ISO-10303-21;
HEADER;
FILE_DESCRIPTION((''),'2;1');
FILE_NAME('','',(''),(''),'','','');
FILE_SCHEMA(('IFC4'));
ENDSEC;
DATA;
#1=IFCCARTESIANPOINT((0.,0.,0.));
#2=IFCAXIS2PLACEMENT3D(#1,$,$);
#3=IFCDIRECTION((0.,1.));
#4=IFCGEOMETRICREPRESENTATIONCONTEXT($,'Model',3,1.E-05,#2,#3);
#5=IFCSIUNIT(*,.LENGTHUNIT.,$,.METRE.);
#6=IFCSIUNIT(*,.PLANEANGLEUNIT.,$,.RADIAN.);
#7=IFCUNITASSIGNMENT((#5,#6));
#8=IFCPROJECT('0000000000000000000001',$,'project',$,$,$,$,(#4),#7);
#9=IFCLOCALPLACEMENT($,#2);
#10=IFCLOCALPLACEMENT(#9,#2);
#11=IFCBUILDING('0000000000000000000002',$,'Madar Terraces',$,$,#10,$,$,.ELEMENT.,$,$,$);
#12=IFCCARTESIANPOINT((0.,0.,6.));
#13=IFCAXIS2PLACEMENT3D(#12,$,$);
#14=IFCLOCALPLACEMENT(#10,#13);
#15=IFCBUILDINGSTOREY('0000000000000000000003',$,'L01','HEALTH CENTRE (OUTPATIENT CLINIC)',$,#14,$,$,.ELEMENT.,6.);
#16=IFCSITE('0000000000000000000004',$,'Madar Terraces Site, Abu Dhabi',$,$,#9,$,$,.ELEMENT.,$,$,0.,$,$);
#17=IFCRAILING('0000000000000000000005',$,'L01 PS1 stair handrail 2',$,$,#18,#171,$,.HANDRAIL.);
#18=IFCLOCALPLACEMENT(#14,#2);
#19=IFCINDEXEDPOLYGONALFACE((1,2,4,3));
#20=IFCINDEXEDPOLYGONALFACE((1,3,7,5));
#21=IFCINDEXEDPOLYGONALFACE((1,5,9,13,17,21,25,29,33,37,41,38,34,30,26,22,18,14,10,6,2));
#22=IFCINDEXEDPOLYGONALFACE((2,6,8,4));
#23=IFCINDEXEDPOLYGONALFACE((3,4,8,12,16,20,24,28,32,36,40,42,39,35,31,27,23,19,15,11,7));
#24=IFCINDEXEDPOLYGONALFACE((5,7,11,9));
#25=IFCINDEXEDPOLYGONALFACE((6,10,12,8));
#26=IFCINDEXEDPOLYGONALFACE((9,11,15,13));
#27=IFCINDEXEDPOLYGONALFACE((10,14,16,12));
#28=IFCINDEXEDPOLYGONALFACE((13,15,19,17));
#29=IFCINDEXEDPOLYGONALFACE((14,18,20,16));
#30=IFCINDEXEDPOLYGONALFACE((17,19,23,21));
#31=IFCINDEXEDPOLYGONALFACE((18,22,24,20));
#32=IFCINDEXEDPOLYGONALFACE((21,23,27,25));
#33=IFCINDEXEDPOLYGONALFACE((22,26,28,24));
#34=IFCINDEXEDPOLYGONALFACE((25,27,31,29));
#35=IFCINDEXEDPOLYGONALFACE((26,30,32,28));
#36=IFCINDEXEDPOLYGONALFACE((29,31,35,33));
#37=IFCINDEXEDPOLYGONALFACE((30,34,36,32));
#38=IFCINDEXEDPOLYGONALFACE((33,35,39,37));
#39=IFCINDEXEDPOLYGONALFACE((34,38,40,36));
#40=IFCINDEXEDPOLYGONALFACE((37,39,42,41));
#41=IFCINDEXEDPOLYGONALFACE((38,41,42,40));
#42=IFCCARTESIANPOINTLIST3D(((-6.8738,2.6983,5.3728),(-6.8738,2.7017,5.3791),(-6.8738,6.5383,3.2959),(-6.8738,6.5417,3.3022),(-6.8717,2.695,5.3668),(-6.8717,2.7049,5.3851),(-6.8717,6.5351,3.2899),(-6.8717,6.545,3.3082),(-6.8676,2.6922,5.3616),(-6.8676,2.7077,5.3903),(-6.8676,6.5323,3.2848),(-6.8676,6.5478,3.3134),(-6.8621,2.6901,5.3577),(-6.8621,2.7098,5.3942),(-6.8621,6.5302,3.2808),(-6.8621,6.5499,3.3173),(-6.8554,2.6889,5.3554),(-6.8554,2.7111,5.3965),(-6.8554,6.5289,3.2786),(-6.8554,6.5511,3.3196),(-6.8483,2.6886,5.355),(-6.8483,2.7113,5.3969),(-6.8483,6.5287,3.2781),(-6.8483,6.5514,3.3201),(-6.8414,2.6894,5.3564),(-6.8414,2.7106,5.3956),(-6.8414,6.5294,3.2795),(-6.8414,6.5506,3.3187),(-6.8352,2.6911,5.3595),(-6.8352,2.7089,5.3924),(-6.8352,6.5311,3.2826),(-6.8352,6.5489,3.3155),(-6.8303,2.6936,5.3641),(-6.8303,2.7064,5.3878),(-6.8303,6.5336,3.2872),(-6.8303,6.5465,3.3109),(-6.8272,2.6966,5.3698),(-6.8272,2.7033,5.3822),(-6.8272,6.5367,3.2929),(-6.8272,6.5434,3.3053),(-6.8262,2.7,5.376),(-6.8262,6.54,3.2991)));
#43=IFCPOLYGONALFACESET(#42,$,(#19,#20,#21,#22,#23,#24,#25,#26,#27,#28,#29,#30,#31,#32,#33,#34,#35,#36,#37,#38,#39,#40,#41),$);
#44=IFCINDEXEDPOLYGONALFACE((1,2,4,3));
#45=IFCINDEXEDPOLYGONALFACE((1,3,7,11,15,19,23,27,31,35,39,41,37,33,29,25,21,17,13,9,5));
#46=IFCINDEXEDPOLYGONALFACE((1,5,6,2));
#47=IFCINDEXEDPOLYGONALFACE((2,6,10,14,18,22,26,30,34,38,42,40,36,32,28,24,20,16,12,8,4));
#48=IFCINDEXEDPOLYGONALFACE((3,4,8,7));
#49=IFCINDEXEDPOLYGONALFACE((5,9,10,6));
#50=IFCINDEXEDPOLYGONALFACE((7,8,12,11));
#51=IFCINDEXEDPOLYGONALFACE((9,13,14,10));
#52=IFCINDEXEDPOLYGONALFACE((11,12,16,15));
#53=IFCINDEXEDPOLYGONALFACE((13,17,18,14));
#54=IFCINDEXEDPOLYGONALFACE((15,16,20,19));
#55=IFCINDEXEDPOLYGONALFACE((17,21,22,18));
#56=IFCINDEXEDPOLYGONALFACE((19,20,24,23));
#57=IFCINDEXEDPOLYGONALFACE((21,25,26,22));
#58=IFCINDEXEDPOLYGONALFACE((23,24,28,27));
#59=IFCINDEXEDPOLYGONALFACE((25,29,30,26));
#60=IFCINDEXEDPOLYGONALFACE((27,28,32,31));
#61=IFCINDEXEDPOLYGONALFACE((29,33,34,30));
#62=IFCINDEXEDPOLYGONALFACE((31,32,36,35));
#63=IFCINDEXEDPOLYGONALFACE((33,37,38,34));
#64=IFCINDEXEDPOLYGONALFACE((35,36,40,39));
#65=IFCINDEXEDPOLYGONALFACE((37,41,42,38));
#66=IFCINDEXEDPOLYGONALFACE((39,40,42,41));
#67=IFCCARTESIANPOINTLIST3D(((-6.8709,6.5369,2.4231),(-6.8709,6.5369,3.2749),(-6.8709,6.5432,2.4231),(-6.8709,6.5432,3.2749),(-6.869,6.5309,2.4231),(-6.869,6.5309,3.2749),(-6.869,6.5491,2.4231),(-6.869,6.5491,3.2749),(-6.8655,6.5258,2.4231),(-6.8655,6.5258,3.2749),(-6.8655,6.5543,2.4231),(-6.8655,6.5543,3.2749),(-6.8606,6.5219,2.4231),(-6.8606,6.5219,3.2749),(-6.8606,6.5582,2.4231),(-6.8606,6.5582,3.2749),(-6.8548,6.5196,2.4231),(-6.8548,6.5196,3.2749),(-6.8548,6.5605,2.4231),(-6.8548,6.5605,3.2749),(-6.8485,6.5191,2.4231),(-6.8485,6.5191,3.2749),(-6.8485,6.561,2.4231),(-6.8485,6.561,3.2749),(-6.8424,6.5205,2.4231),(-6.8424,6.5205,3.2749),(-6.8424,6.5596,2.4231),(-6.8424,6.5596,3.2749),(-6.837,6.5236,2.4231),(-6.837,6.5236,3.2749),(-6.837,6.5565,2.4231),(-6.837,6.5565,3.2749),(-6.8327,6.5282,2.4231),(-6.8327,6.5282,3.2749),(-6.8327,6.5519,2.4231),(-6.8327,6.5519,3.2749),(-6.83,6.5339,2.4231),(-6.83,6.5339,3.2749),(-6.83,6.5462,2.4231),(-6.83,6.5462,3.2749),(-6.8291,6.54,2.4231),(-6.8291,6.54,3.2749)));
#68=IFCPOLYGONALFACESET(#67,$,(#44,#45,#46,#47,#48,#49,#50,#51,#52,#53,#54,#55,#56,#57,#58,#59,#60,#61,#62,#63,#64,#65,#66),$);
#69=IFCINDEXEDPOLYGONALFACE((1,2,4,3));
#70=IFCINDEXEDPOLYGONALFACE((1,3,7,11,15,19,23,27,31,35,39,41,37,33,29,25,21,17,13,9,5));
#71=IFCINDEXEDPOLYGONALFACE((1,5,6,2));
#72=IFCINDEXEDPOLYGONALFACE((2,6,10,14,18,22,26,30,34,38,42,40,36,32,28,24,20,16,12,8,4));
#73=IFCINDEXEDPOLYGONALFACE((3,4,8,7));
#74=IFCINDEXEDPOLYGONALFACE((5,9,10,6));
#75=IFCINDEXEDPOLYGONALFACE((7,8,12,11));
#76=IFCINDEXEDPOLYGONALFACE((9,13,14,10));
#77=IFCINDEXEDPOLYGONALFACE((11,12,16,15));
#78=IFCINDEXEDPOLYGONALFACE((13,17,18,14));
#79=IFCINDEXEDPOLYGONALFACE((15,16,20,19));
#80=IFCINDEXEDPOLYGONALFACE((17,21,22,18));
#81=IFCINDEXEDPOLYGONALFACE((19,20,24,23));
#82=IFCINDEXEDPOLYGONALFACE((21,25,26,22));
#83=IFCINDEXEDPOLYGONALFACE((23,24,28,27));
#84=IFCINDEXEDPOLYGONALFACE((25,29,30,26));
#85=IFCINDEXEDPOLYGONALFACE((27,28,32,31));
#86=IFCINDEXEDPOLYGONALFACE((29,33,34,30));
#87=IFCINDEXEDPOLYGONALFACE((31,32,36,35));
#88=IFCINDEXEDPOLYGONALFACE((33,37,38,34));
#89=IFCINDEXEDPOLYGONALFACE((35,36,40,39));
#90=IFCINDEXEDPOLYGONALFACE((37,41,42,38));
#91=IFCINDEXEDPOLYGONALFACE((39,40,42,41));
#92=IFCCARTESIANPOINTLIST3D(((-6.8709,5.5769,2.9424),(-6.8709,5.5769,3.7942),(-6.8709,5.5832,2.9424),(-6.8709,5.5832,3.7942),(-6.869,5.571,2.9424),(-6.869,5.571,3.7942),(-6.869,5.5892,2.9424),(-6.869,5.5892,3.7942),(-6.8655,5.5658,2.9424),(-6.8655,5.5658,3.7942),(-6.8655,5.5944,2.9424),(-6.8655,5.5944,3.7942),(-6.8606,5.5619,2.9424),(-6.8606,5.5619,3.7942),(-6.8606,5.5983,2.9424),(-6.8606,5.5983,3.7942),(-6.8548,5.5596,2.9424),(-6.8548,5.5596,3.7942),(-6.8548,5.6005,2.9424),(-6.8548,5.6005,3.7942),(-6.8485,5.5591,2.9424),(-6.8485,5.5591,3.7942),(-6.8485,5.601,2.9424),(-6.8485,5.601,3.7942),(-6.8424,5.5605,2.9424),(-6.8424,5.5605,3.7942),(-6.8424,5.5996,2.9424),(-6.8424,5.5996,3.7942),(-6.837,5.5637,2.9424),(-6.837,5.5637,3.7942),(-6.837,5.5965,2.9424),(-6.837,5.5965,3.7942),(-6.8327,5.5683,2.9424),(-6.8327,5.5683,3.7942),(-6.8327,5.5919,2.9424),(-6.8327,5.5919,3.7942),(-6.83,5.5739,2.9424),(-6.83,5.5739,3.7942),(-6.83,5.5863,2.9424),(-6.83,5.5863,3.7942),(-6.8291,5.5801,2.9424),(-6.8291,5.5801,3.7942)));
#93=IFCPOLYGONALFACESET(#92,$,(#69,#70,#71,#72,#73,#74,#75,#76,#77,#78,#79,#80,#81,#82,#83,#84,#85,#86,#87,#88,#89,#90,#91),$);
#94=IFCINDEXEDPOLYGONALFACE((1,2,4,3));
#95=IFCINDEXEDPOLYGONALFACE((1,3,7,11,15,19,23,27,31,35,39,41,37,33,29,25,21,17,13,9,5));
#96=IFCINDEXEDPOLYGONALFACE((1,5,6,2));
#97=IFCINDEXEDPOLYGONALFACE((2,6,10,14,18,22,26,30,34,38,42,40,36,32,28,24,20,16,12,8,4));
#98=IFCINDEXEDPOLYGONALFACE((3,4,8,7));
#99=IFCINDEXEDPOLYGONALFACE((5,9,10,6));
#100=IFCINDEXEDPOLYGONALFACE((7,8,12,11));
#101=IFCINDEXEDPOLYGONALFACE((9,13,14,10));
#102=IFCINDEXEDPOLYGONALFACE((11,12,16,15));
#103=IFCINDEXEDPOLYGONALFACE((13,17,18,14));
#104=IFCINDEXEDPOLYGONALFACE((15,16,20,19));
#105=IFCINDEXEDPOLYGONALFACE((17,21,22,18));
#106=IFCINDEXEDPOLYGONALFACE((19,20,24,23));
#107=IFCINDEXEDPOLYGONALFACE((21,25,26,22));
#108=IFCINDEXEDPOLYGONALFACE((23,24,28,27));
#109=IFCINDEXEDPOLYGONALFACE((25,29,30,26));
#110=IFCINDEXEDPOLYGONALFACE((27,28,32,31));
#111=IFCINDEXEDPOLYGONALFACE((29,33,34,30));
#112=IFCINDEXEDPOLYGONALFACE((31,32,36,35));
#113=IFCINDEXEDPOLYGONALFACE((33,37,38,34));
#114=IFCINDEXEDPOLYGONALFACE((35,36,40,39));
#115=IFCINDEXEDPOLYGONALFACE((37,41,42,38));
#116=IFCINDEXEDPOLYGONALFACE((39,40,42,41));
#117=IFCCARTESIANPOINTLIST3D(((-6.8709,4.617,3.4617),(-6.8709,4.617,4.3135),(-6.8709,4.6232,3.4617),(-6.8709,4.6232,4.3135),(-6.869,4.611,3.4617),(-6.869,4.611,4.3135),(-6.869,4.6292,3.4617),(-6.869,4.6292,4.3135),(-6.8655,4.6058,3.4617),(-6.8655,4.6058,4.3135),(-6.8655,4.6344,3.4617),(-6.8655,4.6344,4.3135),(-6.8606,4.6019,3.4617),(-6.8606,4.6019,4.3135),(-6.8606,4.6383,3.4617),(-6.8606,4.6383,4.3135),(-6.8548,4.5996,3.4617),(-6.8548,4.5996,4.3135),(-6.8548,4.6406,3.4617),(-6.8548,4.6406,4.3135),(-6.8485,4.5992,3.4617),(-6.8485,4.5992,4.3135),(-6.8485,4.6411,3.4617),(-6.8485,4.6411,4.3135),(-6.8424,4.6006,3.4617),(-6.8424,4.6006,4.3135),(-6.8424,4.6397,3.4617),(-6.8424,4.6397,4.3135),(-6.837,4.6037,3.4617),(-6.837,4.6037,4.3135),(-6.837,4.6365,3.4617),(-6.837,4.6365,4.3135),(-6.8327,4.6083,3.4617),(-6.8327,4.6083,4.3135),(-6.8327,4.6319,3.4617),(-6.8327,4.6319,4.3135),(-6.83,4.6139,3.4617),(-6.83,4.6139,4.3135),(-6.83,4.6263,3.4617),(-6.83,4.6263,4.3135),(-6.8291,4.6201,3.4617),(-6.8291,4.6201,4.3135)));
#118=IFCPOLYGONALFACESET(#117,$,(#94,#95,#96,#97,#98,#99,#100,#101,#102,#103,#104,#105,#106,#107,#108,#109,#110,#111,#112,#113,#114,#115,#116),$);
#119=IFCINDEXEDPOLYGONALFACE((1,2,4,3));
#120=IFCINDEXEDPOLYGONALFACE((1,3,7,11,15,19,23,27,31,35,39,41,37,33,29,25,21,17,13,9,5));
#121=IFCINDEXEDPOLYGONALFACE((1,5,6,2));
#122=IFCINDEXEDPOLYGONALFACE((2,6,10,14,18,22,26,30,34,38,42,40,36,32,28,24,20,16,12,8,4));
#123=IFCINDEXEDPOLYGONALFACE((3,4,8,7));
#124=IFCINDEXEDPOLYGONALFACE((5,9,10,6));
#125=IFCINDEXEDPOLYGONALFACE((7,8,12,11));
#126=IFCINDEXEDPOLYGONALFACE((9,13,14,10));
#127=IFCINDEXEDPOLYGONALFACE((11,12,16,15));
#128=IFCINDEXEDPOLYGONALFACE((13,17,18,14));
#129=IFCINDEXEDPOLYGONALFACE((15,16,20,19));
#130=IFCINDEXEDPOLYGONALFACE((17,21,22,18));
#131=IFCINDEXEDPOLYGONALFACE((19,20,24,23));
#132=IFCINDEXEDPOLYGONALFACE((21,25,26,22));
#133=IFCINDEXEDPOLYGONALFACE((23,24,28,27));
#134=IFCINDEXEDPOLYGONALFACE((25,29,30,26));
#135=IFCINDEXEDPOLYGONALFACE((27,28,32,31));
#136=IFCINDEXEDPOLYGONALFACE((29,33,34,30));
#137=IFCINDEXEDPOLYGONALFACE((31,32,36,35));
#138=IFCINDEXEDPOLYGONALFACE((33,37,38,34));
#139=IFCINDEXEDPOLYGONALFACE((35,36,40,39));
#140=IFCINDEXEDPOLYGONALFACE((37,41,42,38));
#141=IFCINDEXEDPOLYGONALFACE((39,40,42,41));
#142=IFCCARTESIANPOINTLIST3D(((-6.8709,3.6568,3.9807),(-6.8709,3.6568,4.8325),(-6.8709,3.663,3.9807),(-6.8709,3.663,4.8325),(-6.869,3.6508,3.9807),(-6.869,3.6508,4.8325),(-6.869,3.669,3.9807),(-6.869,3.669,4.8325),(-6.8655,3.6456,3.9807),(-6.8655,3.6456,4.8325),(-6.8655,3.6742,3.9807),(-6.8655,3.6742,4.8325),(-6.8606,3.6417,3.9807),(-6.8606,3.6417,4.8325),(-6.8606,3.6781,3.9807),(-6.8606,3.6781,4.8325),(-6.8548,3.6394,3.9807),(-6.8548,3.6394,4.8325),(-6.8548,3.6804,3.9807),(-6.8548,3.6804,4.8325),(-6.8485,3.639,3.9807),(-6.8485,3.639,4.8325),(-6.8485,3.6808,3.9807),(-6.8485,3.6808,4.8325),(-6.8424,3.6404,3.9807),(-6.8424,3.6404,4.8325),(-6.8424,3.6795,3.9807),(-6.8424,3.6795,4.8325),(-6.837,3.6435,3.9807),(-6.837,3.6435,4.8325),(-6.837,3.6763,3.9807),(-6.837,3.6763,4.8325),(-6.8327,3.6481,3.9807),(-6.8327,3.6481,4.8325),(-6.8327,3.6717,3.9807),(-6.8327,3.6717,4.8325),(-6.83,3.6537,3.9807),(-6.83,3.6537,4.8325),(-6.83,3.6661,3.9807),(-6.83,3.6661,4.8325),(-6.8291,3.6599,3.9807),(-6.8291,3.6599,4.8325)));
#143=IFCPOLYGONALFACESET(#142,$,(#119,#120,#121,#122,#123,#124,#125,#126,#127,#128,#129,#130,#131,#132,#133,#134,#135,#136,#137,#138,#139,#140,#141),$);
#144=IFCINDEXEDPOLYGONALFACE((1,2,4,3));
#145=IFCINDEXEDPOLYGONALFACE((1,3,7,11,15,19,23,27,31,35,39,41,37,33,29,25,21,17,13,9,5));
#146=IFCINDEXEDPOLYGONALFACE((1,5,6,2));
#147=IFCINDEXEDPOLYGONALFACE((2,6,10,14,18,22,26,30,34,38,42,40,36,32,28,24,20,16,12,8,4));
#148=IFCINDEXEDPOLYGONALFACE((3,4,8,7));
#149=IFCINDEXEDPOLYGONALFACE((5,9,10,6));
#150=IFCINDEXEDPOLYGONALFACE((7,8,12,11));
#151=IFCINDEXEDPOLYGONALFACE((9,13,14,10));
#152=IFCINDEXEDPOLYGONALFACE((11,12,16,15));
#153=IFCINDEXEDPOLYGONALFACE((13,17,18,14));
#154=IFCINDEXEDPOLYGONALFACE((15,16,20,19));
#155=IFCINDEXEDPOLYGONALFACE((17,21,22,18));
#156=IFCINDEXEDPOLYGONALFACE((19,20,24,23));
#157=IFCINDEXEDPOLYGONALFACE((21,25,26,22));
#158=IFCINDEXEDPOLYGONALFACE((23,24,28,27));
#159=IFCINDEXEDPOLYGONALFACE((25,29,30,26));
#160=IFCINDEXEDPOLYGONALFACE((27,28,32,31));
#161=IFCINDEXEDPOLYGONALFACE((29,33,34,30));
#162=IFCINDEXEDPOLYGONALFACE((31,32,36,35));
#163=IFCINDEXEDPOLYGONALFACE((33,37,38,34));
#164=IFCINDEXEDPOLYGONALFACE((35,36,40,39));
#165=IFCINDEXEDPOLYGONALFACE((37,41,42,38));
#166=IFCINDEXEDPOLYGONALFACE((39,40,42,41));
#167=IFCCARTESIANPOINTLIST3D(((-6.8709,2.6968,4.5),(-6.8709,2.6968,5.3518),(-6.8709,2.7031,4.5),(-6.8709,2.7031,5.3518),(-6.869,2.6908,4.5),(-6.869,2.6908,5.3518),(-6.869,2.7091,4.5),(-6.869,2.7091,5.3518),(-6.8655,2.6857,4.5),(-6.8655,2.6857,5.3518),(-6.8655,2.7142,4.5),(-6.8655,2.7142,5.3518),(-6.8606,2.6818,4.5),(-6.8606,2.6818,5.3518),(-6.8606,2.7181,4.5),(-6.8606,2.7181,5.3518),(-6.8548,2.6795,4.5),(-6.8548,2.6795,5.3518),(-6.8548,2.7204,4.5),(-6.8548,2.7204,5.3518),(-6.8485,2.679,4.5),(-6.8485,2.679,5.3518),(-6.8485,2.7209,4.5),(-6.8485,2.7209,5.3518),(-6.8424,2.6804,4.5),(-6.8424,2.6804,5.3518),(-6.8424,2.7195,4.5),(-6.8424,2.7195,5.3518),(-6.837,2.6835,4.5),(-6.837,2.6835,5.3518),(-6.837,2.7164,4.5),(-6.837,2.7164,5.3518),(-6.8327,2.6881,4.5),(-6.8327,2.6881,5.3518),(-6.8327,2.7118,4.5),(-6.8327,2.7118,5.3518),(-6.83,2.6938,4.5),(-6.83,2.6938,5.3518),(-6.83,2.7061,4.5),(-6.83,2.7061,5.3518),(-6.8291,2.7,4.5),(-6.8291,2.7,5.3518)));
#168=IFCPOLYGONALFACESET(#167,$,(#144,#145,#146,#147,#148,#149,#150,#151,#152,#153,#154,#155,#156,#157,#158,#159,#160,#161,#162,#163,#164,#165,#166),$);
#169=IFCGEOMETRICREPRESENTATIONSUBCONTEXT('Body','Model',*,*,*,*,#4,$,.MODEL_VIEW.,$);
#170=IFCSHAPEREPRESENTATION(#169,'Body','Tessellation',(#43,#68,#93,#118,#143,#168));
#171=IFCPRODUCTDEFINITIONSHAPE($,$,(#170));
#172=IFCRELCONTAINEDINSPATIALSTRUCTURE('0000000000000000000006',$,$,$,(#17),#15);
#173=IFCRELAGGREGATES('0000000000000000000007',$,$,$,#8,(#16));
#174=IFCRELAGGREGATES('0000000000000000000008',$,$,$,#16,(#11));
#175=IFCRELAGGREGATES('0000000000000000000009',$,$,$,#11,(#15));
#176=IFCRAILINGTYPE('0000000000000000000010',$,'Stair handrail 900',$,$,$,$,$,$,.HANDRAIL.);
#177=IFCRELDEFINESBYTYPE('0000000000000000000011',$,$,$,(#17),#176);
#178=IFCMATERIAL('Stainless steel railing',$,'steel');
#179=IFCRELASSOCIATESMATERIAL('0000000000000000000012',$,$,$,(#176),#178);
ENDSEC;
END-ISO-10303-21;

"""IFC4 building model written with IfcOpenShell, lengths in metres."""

from ifc_helpers import new_model, si_unit, direction, frame, origin, origin_2d, place, context, subcontext, project, spatial, circle, extrude, material, type_object, element, save


model = new_model("IFC4")

# Units and contexts
model_context = context("Model", 3, precision=1e-05, world=origin(), true_north=direction((0.0, 1.0)))
body_context = subcontext(model_context, "Body", "Model", "MODEL_VIEW")
ifc_project = project(units=[si_unit("LENGTHUNIT", "METRE"), si_unit("PLANEANGLEUNIT", "RADIAN")], contexts=[model_context])

# Site, building, storey
site_placement = place(None, origin())
site = spatial("IfcSite", under=ifc_project, at=site_placement, Name="Madar Terraces Site, Abu Dhabi", CompositionType="ELEMENT", RefElevation=0.0)
building_placement = place(site_placement, origin())
building = spatial("IfcBuilding", under=site, at=building_placement, Name="Madar Terraces", CompositionType="ELEMENT")
storey_placement = place(building_placement, frame((0.0, 0.0, 6.0)))
storey = spatial("IfcBuildingStorey", under=building, at=storey_placement, Name="L01", Description="HEALTH CENTRE (OUTPATIENT CLINIC)", CompositionType="ELEMENT", Elevation=6.0)

# Railing
ifc_material_1 = material(Name="Stainless steel railing", Category="steel")
railing_type_1 = type_object("IfcRailingType", Name="Stair handrail 900", PredefinedType="HANDRAIL", material=ifc_material_1)
railing_1_placement = place(storey_placement, frame((-6.8501, 6.54, 2.4231)))
element("IfcRailing", 1, at=railing_1_placement, inside=storey, type_object=railing_type_1, Name="L01 PS1 stair handrail 2", PredefinedType="HANDRAIL", context=body_context, shape_type="SweptSolid", body=[
    extrude(circle(Radius=0.0239, at=origin_2d()), frame((0.0, 0.0, 0.876), z_axis=(0.0, -0.879593, 0.475726), x_axis=(1.0, 0.0, 0.0)), (0.0, 0.0, 1.0), 4.3657),
    extrude(circle(Radius=0.021, at=origin_2d()), origin(), (0.0, 0.0, 1.0), 0.8518),
    extrude(circle(Radius=0.021, at=origin_2d()), frame((0.0, -0.96, 0.5193)), (0.0, 0.0, 1.0), 0.8518),
    extrude(circle(Radius=0.021, at=origin_2d()), frame((0.0, -1.9199, 1.0386)), (0.0, 0.0, 1.0), 0.8518),
    extrude(circle(Radius=0.021, at=origin_2d()), frame((0.0, -2.8801, 1.5576)), (0.0, 0.0, 1.0), 0.8518),
    extrude(circle(Radius=0.021, at=origin_2d()), frame((0.0, -3.8401, 2.0769)), (0.0, 0.0, 1.0), 0.8518),
])

save(model, "model.ifc")
